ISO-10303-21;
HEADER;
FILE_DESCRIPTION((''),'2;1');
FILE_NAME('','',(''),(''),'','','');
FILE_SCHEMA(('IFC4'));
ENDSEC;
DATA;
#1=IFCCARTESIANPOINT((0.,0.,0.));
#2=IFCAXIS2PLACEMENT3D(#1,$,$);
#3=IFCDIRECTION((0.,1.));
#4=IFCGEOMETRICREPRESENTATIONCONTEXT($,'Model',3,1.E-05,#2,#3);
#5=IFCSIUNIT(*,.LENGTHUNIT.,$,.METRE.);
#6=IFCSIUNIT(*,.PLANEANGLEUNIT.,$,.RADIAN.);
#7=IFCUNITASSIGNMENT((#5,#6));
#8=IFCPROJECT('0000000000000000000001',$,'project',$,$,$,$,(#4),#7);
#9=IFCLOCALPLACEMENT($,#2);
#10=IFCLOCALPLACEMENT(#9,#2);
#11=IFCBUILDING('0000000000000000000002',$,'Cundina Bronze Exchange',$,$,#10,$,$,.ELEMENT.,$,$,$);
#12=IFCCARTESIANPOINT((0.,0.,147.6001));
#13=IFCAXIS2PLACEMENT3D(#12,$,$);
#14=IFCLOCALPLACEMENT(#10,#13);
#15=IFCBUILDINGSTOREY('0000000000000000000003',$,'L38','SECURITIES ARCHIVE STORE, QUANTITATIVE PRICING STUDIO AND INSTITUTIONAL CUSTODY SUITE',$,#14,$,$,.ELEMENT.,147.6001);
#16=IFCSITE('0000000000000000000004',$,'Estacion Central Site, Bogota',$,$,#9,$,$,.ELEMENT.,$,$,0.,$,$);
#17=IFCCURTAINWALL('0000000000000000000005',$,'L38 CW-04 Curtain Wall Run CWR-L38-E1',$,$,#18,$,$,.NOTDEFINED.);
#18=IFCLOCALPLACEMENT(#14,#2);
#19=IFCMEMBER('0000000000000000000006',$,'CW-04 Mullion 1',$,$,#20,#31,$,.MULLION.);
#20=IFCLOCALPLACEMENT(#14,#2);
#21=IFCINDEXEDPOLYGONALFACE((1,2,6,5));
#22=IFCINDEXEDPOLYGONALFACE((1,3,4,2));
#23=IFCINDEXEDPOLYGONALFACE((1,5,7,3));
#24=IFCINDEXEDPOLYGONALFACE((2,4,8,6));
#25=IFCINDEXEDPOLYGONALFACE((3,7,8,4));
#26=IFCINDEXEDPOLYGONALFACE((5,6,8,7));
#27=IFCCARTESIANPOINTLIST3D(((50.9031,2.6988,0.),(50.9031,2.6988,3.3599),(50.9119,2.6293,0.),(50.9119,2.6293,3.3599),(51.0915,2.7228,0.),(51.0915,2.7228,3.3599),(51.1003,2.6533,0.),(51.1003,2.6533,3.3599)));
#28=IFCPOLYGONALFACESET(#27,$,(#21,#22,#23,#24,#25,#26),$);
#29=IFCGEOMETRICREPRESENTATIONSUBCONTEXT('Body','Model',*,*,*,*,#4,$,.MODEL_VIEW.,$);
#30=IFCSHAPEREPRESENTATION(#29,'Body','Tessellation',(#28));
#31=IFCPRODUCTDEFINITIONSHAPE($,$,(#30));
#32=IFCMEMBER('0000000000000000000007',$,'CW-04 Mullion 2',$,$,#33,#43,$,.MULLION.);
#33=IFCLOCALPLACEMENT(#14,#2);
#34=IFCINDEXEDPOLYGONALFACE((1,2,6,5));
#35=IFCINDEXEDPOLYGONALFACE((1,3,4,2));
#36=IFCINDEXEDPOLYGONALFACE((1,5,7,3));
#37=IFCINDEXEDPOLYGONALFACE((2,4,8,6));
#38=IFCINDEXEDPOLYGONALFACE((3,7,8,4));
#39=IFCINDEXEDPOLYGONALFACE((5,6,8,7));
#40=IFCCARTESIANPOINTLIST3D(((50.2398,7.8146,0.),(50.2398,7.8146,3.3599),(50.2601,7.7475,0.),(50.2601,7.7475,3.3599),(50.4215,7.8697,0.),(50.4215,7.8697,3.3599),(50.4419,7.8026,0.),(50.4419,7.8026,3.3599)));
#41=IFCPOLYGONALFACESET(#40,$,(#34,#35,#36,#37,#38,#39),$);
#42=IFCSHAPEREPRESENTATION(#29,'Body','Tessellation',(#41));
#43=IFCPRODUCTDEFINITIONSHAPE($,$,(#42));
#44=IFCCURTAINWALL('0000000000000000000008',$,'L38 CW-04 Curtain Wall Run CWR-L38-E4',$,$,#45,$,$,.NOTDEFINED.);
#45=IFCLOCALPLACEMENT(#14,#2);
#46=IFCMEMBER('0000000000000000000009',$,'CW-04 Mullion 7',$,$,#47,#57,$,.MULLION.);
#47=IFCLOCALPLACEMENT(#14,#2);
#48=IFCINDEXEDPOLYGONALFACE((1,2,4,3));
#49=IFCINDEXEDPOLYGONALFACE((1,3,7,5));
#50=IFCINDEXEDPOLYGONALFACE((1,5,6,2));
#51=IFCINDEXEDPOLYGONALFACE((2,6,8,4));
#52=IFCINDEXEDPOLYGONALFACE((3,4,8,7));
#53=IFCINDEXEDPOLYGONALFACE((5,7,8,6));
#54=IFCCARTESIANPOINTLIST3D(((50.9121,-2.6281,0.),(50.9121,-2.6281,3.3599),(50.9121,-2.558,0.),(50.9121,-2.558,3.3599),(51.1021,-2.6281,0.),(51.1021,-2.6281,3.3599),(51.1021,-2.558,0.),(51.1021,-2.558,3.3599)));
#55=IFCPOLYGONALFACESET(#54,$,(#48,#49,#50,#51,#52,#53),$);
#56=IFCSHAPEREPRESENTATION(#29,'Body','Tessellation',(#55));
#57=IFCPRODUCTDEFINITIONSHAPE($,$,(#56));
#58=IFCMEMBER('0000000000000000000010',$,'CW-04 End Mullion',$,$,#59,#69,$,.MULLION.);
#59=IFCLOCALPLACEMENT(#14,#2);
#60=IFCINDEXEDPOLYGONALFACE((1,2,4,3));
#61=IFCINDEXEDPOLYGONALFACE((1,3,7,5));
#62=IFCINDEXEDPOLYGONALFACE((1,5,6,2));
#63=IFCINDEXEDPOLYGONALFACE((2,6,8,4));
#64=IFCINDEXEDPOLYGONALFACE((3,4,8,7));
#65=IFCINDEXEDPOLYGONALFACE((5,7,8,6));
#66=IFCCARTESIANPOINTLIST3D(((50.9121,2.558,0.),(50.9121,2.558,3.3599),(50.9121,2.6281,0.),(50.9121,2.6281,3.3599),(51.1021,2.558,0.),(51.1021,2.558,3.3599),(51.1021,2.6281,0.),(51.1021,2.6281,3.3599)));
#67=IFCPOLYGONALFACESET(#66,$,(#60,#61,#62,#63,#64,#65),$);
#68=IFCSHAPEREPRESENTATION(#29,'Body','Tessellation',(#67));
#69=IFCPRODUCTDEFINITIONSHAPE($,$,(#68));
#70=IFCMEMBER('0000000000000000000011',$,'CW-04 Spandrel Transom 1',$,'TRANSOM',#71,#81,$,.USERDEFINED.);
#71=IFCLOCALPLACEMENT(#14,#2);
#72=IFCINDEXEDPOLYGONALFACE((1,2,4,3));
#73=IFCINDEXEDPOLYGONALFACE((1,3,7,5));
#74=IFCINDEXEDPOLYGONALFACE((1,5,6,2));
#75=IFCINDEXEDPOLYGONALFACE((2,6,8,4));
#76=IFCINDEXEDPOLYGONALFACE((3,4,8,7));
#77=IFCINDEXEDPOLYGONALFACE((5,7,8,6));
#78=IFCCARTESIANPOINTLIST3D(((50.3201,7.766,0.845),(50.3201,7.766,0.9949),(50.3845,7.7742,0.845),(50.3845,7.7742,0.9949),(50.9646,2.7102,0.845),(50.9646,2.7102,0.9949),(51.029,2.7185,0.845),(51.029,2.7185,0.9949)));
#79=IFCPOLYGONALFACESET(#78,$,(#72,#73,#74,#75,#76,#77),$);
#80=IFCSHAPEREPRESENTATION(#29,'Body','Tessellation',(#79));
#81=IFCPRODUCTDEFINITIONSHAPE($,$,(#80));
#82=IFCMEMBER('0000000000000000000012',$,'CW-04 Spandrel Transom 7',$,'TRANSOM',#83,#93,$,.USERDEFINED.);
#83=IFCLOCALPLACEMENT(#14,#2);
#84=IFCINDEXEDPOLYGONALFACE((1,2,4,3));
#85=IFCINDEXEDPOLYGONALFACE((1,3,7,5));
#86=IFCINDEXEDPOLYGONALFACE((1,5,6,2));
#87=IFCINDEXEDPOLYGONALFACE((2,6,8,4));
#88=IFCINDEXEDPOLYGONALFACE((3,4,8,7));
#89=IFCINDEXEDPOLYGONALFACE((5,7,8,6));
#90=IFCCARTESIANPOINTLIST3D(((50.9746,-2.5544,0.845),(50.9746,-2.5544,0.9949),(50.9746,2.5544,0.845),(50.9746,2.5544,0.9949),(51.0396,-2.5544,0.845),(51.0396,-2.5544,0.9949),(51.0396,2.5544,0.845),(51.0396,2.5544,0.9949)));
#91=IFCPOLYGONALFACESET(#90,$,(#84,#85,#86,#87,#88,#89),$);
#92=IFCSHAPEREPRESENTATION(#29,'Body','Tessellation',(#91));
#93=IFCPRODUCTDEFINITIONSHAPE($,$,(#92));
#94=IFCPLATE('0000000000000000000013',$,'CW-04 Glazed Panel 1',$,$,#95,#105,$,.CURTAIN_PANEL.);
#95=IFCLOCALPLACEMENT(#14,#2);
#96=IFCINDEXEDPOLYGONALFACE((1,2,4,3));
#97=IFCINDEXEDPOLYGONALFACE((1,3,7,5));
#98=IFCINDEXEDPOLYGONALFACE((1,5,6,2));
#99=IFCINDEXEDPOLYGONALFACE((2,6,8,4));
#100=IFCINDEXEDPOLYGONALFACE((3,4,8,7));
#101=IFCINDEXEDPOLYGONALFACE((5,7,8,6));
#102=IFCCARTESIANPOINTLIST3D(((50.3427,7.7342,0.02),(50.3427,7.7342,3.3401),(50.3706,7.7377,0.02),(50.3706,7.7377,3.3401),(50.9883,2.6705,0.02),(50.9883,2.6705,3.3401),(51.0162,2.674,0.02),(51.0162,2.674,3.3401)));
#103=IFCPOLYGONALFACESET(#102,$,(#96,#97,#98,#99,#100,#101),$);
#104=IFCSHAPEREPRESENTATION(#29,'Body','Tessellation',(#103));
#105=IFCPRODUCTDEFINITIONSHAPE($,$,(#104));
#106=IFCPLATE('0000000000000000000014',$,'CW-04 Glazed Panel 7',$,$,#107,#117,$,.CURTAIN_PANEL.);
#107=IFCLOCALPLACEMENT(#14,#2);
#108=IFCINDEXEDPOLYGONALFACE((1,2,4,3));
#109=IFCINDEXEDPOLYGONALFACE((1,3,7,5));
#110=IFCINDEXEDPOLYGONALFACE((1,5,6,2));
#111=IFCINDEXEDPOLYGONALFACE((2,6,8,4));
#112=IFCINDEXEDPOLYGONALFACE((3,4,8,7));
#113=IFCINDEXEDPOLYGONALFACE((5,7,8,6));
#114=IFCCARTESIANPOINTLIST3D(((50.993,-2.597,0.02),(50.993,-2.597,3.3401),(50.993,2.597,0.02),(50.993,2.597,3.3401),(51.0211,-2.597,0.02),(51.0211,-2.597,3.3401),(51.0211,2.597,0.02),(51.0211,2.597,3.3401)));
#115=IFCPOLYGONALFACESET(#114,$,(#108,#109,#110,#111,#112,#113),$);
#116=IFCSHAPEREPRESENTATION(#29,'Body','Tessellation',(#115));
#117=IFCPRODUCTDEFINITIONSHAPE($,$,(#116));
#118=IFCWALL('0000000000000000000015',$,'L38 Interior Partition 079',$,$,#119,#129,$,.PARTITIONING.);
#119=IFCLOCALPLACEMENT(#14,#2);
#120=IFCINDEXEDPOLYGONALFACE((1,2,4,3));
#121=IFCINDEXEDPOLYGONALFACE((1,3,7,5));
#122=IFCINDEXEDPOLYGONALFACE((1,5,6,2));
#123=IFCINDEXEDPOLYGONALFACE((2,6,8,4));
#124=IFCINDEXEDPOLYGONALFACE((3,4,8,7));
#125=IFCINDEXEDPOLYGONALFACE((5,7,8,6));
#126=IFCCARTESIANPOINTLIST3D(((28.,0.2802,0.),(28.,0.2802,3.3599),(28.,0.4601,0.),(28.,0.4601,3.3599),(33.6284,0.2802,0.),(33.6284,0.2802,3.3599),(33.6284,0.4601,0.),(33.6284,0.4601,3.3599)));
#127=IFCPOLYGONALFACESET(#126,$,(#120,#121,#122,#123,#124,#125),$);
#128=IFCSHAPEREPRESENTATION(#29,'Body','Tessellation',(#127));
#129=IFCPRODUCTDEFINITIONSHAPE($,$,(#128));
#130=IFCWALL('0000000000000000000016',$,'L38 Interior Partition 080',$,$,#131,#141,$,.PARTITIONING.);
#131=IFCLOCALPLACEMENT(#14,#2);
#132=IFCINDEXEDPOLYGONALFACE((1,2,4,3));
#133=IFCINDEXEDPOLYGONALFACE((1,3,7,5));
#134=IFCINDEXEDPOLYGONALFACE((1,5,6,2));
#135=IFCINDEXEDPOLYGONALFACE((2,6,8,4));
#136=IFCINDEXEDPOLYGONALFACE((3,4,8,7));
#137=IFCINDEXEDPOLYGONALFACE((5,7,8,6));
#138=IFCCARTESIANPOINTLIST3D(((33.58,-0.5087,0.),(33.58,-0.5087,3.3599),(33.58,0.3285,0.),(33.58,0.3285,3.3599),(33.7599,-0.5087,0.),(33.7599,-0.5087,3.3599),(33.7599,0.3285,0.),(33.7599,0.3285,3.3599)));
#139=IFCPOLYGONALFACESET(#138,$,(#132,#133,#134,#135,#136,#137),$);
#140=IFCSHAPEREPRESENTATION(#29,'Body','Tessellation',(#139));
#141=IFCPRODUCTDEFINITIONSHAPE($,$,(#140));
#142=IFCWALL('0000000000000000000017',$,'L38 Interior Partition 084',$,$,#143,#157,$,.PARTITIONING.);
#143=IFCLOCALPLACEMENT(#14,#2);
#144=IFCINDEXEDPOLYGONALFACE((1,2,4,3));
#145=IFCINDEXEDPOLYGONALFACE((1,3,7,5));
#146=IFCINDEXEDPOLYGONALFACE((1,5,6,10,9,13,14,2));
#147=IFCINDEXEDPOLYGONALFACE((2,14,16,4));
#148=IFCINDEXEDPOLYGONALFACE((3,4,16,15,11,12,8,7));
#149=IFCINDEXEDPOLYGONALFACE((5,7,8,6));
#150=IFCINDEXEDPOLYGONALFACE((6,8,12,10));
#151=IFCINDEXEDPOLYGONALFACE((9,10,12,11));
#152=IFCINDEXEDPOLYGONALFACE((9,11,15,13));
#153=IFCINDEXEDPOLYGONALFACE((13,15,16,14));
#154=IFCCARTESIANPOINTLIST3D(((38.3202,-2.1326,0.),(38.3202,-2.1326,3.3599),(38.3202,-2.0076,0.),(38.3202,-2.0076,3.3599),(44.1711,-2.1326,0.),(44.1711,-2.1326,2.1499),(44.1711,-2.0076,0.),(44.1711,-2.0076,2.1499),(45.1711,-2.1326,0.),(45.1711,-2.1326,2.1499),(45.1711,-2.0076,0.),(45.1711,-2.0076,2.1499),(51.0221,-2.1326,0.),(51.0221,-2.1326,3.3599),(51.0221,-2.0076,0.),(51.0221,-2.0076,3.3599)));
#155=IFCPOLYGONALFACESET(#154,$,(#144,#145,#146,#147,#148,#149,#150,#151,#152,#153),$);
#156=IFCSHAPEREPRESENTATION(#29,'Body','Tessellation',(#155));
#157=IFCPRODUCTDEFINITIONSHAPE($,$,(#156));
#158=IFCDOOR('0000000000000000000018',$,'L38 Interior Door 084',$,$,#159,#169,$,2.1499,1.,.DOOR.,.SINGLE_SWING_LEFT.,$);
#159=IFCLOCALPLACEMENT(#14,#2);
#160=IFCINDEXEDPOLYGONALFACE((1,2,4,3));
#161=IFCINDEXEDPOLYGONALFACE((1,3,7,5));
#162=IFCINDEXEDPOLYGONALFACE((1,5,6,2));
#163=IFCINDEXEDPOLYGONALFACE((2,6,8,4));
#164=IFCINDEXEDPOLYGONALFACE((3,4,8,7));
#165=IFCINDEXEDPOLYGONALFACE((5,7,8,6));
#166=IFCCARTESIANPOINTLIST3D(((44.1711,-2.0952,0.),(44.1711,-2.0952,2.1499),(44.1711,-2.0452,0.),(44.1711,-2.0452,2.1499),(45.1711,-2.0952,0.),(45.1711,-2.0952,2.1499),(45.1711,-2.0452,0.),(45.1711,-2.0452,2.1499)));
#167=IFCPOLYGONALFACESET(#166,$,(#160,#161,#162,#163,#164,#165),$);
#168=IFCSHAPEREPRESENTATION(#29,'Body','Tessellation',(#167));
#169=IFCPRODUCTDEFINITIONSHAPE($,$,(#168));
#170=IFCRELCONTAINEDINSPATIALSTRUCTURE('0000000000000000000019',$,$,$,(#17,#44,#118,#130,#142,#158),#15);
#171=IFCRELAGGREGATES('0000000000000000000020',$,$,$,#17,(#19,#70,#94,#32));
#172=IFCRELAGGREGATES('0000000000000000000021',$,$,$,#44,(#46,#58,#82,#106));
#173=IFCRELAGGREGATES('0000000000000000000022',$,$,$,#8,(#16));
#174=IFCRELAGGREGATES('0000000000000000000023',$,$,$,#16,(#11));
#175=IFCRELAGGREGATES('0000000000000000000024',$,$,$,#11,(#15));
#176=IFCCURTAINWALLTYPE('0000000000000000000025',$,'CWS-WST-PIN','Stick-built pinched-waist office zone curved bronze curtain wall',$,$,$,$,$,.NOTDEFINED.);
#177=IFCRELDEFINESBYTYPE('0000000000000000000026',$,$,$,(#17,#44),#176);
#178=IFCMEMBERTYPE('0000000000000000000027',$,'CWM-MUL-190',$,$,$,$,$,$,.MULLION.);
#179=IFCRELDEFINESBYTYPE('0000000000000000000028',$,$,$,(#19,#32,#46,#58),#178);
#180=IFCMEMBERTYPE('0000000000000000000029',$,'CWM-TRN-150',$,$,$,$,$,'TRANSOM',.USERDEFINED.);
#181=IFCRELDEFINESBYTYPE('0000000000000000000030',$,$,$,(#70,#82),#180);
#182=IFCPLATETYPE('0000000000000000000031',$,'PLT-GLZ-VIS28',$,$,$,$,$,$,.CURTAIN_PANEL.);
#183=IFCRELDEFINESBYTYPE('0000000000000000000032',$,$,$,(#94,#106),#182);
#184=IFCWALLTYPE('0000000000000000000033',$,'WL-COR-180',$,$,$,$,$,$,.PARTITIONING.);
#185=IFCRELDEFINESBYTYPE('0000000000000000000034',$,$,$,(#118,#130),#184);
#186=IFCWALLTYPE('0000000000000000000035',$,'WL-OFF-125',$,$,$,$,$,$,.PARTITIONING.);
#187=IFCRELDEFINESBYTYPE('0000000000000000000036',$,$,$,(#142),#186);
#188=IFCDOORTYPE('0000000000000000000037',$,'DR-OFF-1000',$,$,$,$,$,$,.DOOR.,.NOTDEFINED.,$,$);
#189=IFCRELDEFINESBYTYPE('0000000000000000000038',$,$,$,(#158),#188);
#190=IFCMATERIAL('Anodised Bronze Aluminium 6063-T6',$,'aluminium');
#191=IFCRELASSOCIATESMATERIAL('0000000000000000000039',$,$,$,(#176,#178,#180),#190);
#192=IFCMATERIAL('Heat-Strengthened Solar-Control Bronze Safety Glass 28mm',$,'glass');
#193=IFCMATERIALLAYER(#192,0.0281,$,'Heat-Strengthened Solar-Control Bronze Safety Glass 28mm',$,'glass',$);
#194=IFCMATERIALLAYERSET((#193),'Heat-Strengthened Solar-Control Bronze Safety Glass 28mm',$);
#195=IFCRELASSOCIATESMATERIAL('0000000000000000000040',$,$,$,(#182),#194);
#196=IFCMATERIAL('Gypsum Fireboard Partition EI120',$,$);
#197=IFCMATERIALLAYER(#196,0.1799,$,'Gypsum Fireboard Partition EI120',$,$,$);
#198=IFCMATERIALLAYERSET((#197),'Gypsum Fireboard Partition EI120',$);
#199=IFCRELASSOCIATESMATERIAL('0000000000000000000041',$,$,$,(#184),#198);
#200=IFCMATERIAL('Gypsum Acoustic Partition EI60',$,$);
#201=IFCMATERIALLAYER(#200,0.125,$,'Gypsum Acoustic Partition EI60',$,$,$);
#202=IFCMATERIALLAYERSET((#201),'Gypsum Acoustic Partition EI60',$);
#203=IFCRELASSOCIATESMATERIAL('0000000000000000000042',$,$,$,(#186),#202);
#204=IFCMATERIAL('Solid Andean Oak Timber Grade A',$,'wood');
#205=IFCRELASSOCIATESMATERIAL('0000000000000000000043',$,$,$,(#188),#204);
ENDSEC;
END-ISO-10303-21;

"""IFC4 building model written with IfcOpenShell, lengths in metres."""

from ifc_helpers import new_model, si_unit, direction, frame, frame_2d, origin, origin_2d, place, context, subcontext, project, spatial, rectangle, extrude, material, layer, layer_set, material_profile, profile_set, type_object, element, fill, aggregate, save


model = new_model("IFC4")

# Units and contexts
model_context = context("Model", 3, precision=1e-05, world=origin(), true_north=direction((0.0, 1.0)))
body_context = subcontext(model_context, "Body", "Model", "MODEL_VIEW")
ifc_project = project(units=[si_unit("LENGTHUNIT", "METRE"), si_unit("PLANEANGLEUNIT", "RADIAN")], contexts=[model_context])

# Site, building, storey
site_placement = place(None, origin())
site = spatial("IfcSite", under=ifc_project, at=site_placement, Name="Estacion Central Site, Bogota", CompositionType="ELEMENT", RefElevation=0.0)
building_placement = place(site_placement, origin())
building = spatial("IfcBuilding", under=site, at=building_placement, Name="Cundina Bronze Exchange", CompositionType="ELEMENT")
storey_placement = place(building_placement, frame((0.0, 0.0, 147.6001)))
storey = spatial("IfcBuildingStorey", under=building, at=storey_placement, Name="L38", Description="SECURITIES ARCHIVE STORE, QUANTITATIVE PRICING STUDIO AND INSTITUTIONAL CUSTODY SUITE", CompositionType="ELEMENT", Elevation=147.6001)

# Curtain walls, members
ifc_material_1 = material(Name="Anodised Bronze Aluminium 6063-T6", Category="aluminium")
curtain_wall_type = type_object("IfcCurtainWallType", Name="CWS-WST-PIN", Description="Stick-built pinched-waist office zone curved bronze curtain wall", PredefinedType="NOTDEFINED", material=ifc_material_1)
curtain_wall_1_placement = place(storey_placement, origin())
curtain_wall_1 = element("IfcCurtainWall", 1, at=curtain_wall_1_placement, inside=storey, type_object=curtain_wall_type, Name="L38 CW-04 Curtain Wall Run CWR-L38-E1", PredefinedType="NOTDEFINED")
ifc_material_profile_1 = material_profile(ifc_material_1, rectangle(XDim=0.0701, YDim=0.1899, at=origin_2d()), Name="AL70X190", Category="aluminium")
ifc_profile_set_1 = profile_set([ifc_material_profile_1], Name="Anodised Bronze Aluminium 6063-T6")
member_type_1 = type_object("IfcMemberType", Name="CWM-MUL-190", PredefinedType="MULLION", material=ifc_profile_set_1)
member_1_placement = place(storey_placement, frame((51.0017, 2.676, 0.0), z_axis=(0.0, 0.0, 1.0), x_axis=(-0.126545, 0.991961, 0.0)))
member_1 = element("IfcMember", 2, at=member_1_placement, type_object=member_type_1, Name="CW-04 Mullion 1", PredefinedType="MULLION", context=body_context, shape_type="SweptSolid", body=[
    extrude(rectangle(XDim=0.0701, YDim=0.1899, at=origin_2d()), origin(), (0.0, 0.0, 1.0), 3.3599),
])
member_2_placement = place(storey_placement, frame((50.3408, 7.8086, 0.0), z_axis=(0.0, 0.0, 1.0), x_axis=(-0.290034, 0.957016, 0.0)))
member_2 = element("IfcMember", 3, at=member_2_placement, type_object=member_type_1, Name="CW-04 Mullion 2", PredefinedType="MULLION", context=body_context, shape_type="SweptSolid", body=[
    extrude(rectangle(XDim=0.0701, YDim=0.1899, at=origin_2d()), origin(), (0.0, 0.0, 1.0), 3.3599),
])
curtain_wall_2_placement = place(storey_placement, origin())
curtain_wall_2 = element("IfcCurtainWall", 4, at=curtain_wall_2_placement, inside=storey, type_object=curtain_wall_type, Name="L38 CW-04 Curtain Wall Run CWR-L38-E4", PredefinedType="NOTDEFINED")
member_3_placement = place(storey_placement, frame((51.0071, -2.593, 0.0), z_axis=(0.0, 0.0, 1.0), x_axis=(0.0, 1.0, 0.0)))
member_3 = element("IfcMember", 5, at=member_3_placement, type_object=member_type_1, Name="CW-04 Mullion 7", PredefinedType="MULLION", context=body_context, shape_type="SweptSolid", body=[
    extrude(rectangle(XDim=0.0701, YDim=0.1899, at=origin_2d()), origin(), (0.0, 0.0, 1.0), 3.3599),
])
member_4_placement = place(storey_placement, frame((51.0071, 2.593, 0.0), z_axis=(0.0, 0.0, 1.0), x_axis=(0.0, 1.0, 0.0)))
member_4 = element("IfcMember", 6, at=member_4_placement, type_object=member_type_1, Name="CW-04 End Mullion", PredefinedType="MULLION", context=body_context, shape_type="SweptSolid", body=[
    extrude(rectangle(XDim=0.0701, YDim=0.1899, at=origin_2d()), origin(), (0.0, 0.0, 1.0), 3.3599),
])

# Members
ifc_material_profile_2 = material_profile(ifc_material_1, rectangle(XDim=0.0649, YDim=0.1499, at=origin_2d()), Name="AL65X150", Category="aluminium")
ifc_profile_set_2 = profile_set([ifc_material_profile_2], Name="Anodised Bronze Aluminium 6063-T6")
member_type_2 = type_object("IfcMemberType", Name="CWM-TRN-150", ElementType="TRANSOM", PredefinedType="USERDEFINED", material=ifc_profile_set_2)
member_5_placement = place(storey_placement, frame((50.9968, 2.7144, 0.9199), z_axis=(-0.126463, 0.991971, 0.0), x_axis=(-0.991971, -0.126463, 0.0)))
member_5 = element("IfcMember", 7, at=member_5_placement, type_object=member_type_2, Name="CW-04 Spandrel Transom 1", ObjectType="TRANSOM", PredefinedType="USERDEFINED", context=body_context, shape_type="SweptSolid", body=[
    extrude(rectangle(XDim=0.0649, YDim=0.1499, at=origin_2d()), origin(), (0.0, 0.0, 1.0), 5.0967),
])
member_6_placement = place(storey_placement, frame((51.0071, -2.5544, 0.9199), z_axis=(0.0, 1.0, 0.0), x_axis=(-1.0, 0.0, 0.0)))
member_6 = element("IfcMember", 8, at=member_6_placement, type_object=member_type_2, Name="CW-04 Spandrel Transom 7", ObjectType="TRANSOM", PredefinedType="USERDEFINED", context=body_context, shape_type="SweptSolid", body=[
    extrude(rectangle(XDim=0.0649, YDim=0.1499, at=origin_2d()), origin(), (0.0, 0.0, 1.0), 5.1089),
])

# Plates
ifc_material_2 = material(Name="Heat-Strengthened Solar-Control Bronze Safety Glass 28mm", Category="glass")
ifc_layer_1 = layer(ifc_material_2, 0.0281, Name="Heat-Strengthened Solar-Control Bronze Safety Glass 28mm", Category="glass")
ifc_layer_set_1 = layer_set([ifc_layer_1], Name="Heat-Strengthened Solar-Control Bronze Safety Glass 28mm")
plate_type = type_object("IfcPlateType", Name="PLT-GLZ-VIS28", PredefinedType="CURTAIN_PANEL", material=ifc_layer_set_1)
plate_1_placement = place(storey_placement, frame((50.6794, 5.2041, 0.02), z_axis=(0.0, 0.0, 1.0), x_axis=(-0.126476, 0.99197, 0.0)))
plate_1 = element("IfcPlate", 9, at=plate_1_placement, type_object=plate_type, Name="CW-04 Glazed Panel 1", PredefinedType="CURTAIN_PANEL", context=body_context, shape_type="SweptSolid", body=[
    extrude(rectangle(XDim=5.1047, YDim=0.0281, at=origin_2d()), origin(), (0.0, 0.0, 1.0), 3.3201),
])
aggregate(curtain_wall_1, [member_1, member_5, plate_1, member_2])
plate_2_placement = place(storey_placement, frame((51.0071, 0.0, 0.02), z_axis=(0.0, 0.0, 1.0), x_axis=(0.0, 1.0, 0.0)))
plate_2 = element("IfcPlate", 10, at=plate_2_placement, type_object=plate_type, Name="CW-04 Glazed Panel 7", PredefinedType="CURTAIN_PANEL", context=body_context, shape_type="SweptSolid", body=[
    extrude(rectangle(XDim=5.1941, YDim=0.0281, at=origin_2d()), origin(), (0.0, 0.0, 1.0), 3.3201),
])
aggregate(curtain_wall_2, [member_3, member_4, member_6, plate_2])

# Walls
ifc_material_3 = material(Name="Gypsum Fireboard Partition EI120")
ifc_layer_2 = layer(ifc_material_3, 0.1799, Name="Gypsum Fireboard Partition EI120")
ifc_layer_set_2 = layer_set([ifc_layer_2], Name="Gypsum Fireboard Partition EI120")
wall_type_1 = type_object("IfcWallType", Name="WL-COR-180", PredefinedType="PARTITIONING", material=ifc_layer_set_2)
wall_1_placement = place(storey_placement, frame((33.6284, 0.3701, 0.0), z_axis=(0.0, 0.0, 1.0), x_axis=(-1.0, 0.0, 0.0)))
element("IfcWall", 11, at=wall_1_placement, inside=storey, type_object=wall_type_1, Name="L38 Interior Partition 079", PredefinedType="PARTITIONING", context=body_context, shape_type="SweptSolid", body=[
    extrude(rectangle(XDim=5.6284, YDim=0.1799, at=frame_2d((2.8142, 0.0))), origin(), (0.0, 0.0, 1.0), 3.3599),
])
wall_2_placement = place(storey_placement, frame((33.6699, -0.5085, 0.0), z_axis=(0.0, 0.0, 1.0), x_axis=(0.0, 1.0, 0.0)))
element("IfcWall", 12, at=wall_2_placement, inside=storey, type_object=wall_type_1, Name="L38 Interior Partition 080", PredefinedType="PARTITIONING", context=body_context, shape_type="SweptSolid", body=[
    extrude(rectangle(XDim=0.8372, YDim=0.1799, at=frame_2d((0.4185, 0.0))), origin(), (0.0, 0.0, 1.0), 3.3599),
])

# Wall, opening, door
ifc_material_4 = material(Name="Gypsum Acoustic Partition EI60")
ifc_layer_3 = layer(ifc_material_4, 0.125, Name="Gypsum Acoustic Partition EI60")
ifc_layer_set_3 = layer_set([ifc_layer_3], Name="Gypsum Acoustic Partition EI60")
wall_type_2 = type_object("IfcWallType", Name="WL-OFF-125", PredefinedType="PARTITIONING", material=ifc_layer_set_3)
wall_3_placement = place(storey_placement, frame((38.3201, -2.0701, 0.0), z_axis=(0.0, 0.0, 1.0), x_axis=(1.0, 0.0, 0.0)))
wall_3 = element("IfcWall", 13, at=wall_3_placement, inside=storey, type_object=wall_type_2, Name="L38 Interior Partition 084", PredefinedType="PARTITIONING", context=body_context, shape_type="SweptSolid", body=[
    extrude(rectangle(XDim=12.7019, YDim=0.125, at=frame_2d((6.3511, 0.0))), origin(), (0.0, 0.0, 1.0), 3.3599),
])
opening_1_placement = place(wall_3_placement, frame((5.8511, 0.0, 0.0)))
opening_1 = element("IfcOpeningElement", 14, at=opening_1_placement, cuts=wall_3, PredefinedType="OPENING", context=body_context, shape_type="SweptSolid", body=[
    extrude(rectangle(XDim=1.0, YDim=2.1499, at=frame_2d((0.5, 1.075))), frame((0.0, 0.0725, 0.0), z_axis=(0.0, -1.0, 0.0), x_axis=(1.0, 0.0, 0.0)), (0.0, 0.0, 1.0), 0.145),
])
ifc_material_5 = material(Name="Solid Andean Oak Timber Grade A", Category="wood")
door_type = type_object("IfcDoorType", Name="DR-OFF-1000", OperationType="NOTDEFINED", PredefinedType="DOOR", material=ifc_material_5)
door_1_placement = place(opening_1_placement, origin())
door_1 = element("IfcDoor", 15, at=door_1_placement, inside=storey, type_object=door_type, Name="L38 Interior Door 084", OperationType="SINGLE_SWING_LEFT", OverallHeight=2.1499, OverallWidth=1.0, PredefinedType="DOOR", context=body_context, shape_type="SweptSolid", body=[
    extrude(rectangle(XDim=1.0, YDim=2.1499, at=frame_2d((0.5, 1.075))), frame((0.0, 0.0249, 0.0), z_axis=(0.0, -1.0, 0.0), x_axis=(1.0, 0.0, 0.0)), (0.0, 0.0, 1.0), 0.05),
])
fill(opening_1, door_1)

save(model, "model.ifc")
